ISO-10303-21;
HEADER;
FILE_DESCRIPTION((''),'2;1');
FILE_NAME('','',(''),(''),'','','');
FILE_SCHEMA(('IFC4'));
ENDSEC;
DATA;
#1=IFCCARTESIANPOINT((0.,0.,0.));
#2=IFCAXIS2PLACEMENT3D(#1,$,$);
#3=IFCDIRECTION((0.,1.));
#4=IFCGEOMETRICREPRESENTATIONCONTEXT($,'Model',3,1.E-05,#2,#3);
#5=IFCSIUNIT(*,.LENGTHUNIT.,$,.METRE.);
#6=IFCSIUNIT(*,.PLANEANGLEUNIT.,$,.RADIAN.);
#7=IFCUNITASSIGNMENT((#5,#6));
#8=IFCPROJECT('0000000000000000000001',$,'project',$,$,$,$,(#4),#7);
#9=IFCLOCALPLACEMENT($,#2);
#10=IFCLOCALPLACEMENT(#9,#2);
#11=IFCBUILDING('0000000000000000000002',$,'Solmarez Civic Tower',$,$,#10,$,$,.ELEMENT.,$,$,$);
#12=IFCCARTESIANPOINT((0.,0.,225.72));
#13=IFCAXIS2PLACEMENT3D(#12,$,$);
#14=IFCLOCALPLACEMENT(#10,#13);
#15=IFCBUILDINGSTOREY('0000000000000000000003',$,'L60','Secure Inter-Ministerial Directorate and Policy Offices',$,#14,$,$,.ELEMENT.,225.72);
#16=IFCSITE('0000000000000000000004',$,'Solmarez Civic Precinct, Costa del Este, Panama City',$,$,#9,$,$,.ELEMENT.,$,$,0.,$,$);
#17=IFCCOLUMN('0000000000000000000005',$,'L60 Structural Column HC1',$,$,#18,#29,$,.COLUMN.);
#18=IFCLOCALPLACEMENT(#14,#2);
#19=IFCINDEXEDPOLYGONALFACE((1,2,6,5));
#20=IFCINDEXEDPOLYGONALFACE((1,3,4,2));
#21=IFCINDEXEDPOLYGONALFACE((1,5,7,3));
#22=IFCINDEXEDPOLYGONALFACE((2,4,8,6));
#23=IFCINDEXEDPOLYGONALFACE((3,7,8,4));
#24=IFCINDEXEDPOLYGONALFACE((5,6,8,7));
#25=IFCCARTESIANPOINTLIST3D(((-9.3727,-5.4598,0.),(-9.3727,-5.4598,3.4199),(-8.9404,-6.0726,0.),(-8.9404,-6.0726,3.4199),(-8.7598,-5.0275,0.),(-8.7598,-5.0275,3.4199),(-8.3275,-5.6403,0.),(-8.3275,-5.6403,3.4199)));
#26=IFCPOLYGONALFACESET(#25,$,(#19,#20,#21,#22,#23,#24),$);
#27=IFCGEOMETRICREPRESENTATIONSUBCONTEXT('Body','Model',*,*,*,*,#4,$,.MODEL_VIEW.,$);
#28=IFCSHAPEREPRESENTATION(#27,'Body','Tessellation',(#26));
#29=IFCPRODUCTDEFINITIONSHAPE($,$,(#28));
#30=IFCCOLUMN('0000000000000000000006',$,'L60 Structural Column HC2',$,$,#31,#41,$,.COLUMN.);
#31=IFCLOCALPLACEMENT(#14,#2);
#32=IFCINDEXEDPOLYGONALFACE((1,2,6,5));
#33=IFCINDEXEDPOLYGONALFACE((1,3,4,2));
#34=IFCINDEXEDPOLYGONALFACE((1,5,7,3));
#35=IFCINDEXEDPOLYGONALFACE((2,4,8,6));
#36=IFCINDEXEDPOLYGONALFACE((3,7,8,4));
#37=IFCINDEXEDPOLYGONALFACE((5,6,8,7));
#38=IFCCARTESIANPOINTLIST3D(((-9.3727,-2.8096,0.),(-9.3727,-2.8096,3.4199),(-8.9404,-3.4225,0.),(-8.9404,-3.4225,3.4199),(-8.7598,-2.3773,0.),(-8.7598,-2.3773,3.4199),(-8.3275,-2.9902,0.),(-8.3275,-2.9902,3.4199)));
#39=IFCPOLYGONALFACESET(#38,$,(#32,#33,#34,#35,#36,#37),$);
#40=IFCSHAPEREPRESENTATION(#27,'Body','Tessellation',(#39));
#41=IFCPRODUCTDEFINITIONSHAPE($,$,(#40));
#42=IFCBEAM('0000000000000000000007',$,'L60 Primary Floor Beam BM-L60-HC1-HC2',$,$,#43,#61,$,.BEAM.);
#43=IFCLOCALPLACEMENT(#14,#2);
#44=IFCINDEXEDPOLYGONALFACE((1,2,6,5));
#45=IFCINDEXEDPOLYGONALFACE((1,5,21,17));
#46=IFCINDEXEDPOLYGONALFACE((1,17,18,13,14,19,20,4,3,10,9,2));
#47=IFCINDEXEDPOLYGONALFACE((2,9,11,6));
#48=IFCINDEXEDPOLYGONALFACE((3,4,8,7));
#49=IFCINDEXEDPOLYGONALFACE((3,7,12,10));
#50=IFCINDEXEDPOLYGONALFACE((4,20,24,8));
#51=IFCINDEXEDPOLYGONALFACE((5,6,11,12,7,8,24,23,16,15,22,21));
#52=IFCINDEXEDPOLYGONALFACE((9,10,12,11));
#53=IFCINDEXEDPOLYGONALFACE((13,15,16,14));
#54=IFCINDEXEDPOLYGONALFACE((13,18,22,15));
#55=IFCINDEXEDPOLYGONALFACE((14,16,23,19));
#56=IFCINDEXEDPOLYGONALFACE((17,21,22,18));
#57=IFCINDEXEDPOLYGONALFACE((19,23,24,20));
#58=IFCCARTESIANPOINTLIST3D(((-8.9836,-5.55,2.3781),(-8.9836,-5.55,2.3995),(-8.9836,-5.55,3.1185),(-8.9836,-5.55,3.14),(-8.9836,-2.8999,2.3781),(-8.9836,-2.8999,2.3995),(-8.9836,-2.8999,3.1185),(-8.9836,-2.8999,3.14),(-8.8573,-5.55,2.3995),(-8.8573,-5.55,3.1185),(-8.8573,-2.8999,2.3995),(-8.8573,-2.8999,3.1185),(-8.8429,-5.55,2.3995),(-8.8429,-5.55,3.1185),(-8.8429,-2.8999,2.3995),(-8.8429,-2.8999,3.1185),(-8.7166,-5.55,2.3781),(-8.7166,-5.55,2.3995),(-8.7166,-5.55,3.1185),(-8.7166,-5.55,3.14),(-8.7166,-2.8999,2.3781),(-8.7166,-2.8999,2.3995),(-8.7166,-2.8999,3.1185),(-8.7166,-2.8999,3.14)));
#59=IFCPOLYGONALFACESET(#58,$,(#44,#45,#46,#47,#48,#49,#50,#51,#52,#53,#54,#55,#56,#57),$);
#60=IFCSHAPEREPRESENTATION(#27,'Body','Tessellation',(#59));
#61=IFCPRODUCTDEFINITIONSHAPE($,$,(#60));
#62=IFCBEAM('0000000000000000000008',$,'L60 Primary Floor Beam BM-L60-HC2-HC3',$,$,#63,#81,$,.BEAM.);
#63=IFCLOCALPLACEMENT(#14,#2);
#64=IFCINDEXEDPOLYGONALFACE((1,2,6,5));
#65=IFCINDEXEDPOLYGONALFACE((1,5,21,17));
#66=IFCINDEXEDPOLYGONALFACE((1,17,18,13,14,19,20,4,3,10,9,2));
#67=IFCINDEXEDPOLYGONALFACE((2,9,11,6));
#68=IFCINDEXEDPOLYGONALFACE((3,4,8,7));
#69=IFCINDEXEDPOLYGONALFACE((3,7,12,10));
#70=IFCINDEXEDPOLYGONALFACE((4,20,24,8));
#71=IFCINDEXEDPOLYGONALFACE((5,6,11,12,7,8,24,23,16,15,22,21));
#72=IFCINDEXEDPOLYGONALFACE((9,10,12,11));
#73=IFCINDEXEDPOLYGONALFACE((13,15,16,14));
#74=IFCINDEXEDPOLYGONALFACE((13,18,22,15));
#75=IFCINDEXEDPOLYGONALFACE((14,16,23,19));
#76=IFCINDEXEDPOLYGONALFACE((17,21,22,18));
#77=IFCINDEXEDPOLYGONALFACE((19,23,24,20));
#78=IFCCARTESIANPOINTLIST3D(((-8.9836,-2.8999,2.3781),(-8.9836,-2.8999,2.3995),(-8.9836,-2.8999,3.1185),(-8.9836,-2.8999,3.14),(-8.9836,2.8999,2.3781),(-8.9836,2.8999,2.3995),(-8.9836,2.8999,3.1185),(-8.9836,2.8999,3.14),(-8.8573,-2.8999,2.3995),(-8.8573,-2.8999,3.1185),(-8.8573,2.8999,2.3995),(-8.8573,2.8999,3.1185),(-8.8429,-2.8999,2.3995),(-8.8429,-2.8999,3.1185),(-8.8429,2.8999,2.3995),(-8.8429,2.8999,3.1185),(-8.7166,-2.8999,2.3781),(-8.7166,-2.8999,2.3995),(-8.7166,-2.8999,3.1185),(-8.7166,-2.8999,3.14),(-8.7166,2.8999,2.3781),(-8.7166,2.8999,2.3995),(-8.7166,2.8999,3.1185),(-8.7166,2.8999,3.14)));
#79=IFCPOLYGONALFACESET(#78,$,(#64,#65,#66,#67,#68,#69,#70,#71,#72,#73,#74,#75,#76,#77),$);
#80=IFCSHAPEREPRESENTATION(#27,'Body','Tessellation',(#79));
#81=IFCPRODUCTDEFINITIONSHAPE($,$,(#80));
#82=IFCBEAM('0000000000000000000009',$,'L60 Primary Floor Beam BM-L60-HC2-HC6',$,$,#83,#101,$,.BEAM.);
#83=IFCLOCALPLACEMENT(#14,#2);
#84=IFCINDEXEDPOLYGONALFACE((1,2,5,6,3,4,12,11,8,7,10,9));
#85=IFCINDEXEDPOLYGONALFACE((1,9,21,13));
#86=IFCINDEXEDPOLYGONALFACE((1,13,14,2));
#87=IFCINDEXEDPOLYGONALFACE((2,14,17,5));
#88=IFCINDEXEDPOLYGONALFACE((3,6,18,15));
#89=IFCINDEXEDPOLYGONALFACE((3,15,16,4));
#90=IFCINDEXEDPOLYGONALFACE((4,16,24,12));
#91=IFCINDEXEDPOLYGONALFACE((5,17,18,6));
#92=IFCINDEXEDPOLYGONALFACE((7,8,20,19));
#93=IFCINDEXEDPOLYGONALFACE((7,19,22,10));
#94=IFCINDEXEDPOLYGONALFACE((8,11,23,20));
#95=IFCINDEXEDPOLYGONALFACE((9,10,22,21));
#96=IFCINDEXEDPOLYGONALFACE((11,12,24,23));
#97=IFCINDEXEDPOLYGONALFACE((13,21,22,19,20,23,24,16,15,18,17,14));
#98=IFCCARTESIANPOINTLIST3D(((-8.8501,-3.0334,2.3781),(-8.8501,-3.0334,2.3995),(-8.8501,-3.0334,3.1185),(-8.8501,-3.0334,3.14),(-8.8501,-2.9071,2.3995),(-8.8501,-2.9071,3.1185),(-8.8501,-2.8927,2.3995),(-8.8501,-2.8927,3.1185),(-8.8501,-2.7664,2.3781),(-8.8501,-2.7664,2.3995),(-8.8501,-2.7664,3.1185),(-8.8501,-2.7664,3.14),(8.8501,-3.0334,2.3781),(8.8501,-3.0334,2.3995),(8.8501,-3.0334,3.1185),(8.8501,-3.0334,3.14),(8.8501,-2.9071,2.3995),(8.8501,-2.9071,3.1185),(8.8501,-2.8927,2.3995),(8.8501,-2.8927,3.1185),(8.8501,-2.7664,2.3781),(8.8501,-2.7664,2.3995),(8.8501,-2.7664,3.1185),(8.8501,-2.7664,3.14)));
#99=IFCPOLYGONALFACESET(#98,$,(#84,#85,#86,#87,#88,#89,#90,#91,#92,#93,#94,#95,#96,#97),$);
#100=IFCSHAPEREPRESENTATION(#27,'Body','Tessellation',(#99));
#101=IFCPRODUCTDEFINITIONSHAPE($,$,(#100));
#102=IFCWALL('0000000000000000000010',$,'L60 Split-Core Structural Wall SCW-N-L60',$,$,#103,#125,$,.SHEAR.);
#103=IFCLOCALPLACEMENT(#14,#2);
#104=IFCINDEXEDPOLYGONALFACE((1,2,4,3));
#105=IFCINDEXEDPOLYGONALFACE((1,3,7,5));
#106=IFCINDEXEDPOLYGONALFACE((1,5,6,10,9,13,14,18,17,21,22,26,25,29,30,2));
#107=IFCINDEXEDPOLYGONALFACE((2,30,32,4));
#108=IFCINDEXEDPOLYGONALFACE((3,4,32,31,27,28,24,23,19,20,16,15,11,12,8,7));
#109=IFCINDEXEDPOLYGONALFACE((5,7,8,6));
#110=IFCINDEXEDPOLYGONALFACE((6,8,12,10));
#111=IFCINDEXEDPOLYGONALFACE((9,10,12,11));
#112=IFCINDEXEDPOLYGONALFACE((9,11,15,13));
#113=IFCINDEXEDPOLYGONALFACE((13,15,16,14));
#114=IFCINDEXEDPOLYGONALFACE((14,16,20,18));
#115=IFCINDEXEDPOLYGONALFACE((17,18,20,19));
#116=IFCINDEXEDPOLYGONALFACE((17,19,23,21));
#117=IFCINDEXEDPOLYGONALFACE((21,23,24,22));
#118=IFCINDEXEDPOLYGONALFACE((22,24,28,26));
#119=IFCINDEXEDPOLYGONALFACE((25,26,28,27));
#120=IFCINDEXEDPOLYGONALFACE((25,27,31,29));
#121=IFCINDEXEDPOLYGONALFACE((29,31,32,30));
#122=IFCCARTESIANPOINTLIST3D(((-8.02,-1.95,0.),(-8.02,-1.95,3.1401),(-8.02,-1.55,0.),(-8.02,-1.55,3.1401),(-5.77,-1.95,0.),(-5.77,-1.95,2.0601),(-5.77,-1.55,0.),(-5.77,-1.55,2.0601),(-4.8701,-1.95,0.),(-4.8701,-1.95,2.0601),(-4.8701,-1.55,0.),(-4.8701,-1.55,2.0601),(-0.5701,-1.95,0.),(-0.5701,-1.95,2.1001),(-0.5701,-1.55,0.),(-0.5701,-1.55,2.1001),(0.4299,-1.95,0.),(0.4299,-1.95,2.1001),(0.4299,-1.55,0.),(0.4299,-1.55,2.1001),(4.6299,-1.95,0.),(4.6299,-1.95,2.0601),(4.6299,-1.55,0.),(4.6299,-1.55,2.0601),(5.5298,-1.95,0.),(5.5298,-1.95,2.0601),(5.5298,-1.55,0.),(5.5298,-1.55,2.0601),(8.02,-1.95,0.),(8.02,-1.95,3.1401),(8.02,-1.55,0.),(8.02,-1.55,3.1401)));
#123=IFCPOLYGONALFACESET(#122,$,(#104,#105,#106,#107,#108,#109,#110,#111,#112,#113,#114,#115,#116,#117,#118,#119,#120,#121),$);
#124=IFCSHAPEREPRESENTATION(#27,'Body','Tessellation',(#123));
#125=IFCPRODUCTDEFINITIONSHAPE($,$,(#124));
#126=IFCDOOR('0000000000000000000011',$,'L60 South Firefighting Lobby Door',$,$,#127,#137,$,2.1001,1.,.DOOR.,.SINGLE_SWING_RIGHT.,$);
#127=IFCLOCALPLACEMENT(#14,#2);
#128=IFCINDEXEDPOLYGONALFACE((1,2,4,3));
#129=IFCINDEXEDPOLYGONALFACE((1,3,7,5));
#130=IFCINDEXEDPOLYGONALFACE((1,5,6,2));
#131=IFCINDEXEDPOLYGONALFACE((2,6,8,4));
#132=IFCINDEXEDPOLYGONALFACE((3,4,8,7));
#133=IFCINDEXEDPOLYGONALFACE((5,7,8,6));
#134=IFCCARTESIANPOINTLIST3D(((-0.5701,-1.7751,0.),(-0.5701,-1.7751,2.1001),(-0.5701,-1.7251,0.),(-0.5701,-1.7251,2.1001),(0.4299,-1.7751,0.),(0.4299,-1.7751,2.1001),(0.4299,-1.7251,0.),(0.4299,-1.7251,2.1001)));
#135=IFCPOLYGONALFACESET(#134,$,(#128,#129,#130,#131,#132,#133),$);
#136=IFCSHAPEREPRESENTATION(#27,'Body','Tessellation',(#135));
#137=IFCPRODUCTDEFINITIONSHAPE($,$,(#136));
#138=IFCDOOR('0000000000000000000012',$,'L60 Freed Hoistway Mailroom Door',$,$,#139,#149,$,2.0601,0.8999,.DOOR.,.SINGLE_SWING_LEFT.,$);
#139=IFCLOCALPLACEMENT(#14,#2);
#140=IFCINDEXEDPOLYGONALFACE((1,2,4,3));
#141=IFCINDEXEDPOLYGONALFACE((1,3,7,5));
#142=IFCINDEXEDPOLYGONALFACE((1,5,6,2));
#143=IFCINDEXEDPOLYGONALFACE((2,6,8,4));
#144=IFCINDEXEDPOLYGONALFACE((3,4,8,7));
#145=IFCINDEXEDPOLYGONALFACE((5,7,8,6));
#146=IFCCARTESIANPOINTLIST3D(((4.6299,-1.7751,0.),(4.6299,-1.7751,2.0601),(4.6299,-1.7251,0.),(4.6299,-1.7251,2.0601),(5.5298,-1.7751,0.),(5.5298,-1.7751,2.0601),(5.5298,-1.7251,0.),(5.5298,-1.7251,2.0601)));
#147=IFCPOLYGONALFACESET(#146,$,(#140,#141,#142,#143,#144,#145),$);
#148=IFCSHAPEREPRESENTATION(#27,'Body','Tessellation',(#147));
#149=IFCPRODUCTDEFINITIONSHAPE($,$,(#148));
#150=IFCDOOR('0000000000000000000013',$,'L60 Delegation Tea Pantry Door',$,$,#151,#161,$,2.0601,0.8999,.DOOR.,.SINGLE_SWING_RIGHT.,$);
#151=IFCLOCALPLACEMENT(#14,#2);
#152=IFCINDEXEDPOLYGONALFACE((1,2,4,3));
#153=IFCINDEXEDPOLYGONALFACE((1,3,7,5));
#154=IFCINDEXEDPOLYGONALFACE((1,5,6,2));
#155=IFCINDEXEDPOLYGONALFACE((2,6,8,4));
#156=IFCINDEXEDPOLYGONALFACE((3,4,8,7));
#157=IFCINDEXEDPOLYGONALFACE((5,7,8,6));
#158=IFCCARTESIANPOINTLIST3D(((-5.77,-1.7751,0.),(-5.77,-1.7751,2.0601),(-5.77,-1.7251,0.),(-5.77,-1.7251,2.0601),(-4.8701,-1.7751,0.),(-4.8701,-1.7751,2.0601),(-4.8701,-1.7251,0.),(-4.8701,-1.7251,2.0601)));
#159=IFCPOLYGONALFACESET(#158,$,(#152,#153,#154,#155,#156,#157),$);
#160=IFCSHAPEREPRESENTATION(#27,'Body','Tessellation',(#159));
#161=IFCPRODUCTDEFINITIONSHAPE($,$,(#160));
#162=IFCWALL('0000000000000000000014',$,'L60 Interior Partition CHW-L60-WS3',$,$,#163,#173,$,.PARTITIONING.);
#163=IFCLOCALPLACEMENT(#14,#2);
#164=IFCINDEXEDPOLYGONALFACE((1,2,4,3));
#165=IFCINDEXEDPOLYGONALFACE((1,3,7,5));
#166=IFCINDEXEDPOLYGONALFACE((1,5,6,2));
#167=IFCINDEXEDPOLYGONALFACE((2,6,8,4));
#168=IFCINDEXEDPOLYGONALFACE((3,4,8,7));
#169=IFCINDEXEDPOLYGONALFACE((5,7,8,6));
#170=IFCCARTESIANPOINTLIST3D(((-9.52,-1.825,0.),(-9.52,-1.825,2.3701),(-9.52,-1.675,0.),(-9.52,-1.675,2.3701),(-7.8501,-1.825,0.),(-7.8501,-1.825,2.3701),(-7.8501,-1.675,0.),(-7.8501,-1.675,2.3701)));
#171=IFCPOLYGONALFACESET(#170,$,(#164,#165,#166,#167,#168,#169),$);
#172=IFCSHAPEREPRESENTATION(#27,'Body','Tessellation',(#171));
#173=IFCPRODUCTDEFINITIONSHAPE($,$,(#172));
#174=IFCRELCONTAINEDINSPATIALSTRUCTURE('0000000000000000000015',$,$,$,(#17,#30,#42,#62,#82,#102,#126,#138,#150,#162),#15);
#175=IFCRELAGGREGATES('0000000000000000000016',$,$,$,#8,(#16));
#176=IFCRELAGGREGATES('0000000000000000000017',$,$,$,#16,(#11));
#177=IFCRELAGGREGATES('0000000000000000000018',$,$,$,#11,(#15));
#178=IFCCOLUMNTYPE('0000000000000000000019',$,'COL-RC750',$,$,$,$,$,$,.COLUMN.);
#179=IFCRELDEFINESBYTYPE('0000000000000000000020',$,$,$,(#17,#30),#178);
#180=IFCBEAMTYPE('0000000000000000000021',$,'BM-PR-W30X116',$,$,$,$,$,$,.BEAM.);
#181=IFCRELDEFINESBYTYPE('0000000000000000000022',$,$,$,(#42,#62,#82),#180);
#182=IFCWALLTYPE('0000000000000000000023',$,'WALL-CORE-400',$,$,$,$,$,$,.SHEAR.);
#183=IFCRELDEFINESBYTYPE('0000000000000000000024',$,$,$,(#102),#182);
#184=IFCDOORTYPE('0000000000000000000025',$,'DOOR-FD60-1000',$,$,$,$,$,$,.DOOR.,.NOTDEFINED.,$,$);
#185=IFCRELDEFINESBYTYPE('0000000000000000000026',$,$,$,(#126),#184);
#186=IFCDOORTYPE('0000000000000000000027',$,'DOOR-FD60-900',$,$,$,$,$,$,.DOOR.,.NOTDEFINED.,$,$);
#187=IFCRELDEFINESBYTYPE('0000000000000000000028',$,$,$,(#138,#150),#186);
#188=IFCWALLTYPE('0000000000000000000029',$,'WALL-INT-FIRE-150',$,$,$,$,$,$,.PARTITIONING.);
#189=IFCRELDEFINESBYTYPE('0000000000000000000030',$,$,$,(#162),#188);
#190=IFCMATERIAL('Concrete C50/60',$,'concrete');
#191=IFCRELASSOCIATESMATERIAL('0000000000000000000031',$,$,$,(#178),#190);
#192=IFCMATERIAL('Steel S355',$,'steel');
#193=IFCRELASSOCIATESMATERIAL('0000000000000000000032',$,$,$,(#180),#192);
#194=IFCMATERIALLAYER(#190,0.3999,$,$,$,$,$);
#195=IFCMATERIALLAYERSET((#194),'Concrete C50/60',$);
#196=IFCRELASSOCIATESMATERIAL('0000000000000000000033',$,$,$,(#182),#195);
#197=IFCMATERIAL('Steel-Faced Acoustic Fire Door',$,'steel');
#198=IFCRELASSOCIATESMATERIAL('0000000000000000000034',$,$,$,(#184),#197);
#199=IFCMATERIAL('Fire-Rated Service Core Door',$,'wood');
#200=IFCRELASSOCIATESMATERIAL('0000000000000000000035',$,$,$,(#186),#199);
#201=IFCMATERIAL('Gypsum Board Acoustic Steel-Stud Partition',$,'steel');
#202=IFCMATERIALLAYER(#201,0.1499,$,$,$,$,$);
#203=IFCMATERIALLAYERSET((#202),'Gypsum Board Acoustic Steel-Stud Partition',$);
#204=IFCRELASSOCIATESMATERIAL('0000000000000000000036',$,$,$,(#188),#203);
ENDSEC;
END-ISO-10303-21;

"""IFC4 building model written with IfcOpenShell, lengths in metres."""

from ifc_helpers import new_model, si_unit, direction, frame, frame_2d, origin, origin_2d, place, context, subcontext, project, spatial, rectangle, i_section, extrude, material, layer, layer_set, material_profile, profile_set, type_object, element, fill, save


model = new_model("IFC4")

# Units and contexts
model_context = context("Model", 3, precision=1e-05, world=origin(), true_north=direction((0.0, 1.0)))
body_context = subcontext(model_context, "Body", "Model", "MODEL_VIEW")
ifc_project = project(units=[si_unit("LENGTHUNIT", "METRE"), si_unit("PLANEANGLEUNIT", "RADIAN")], contexts=[model_context])

# Site, building, storey
site_placement = place(None, origin())
site = spatial("IfcSite", under=ifc_project, at=site_placement, Name="Solmarez Civic Precinct, Costa del Este, Panama City", CompositionType="ELEMENT", RefElevation=0.0)
building_placement = place(site_placement, origin())
building = spatial("IfcBuilding", under=site, at=building_placement, Name="Solmarez Civic Tower", CompositionType="ELEMENT")
storey_placement = place(building_placement, frame((0.0, 0.0, 225.72)))
storey = spatial("IfcBuildingStorey", under=building, at=storey_placement, Name="L60", Description="Secure Inter-Ministerial Directorate and Policy Offices", CompositionType="ELEMENT", Elevation=225.72)

# Columns
ifc_material_1 = material(Name="Concrete C50/60", Category="concrete")
ifc_material_profile_1 = material_profile(ifc_material_1, rectangle(XDim=0.75, YDim=0.75, at=origin_2d()), Name="RC750X750")
ifc_profile_set_1 = profile_set([ifc_material_profile_1], Name="Concrete C50/60")
column_type = type_object("IfcColumnType", Name="COL-RC750", PredefinedType="COLUMN", material=ifc_profile_set_1)
for number, where, z_axis, x_axis, name in (
    (1, (-8.8501, -5.55, 0.0), (0.0, 0.0, 1.0), (0.817145, 0.576432, 0.0), "L60 Structural Column HC1"),
    (2, (-8.8501, -2.8999, 0.0), (0.0, 0.0, 1.0), (0.817145, 0.576432, 0.0), "L60 Structural Column HC2"),
):
    element("IfcColumn", number, at=place(storey_placement, frame(where, z_axis=z_axis, x_axis=x_axis)), inside=storey, type_object=column_type, Name=name, PredefinedType="COLUMN", context=body_context, shape_type="SweptSolid", body=[
        extrude(rectangle(XDim=0.75, YDim=0.75, at=origin_2d()), origin(), (0.0, 0.0, 1.0), 3.4199),
    ])

# Beams
ifc_material_2 = material(Name="Steel S355", Category="steel")
ifc_material_profile_2 = material_profile(ifc_material_2, i_section(OverallWidth=0.2671, OverallDepth=0.762, WebThickness=0.0144, FlangeThickness=0.0215, at=origin_2d()), Name="W30X116")
ifc_profile_set_2 = profile_set([ifc_material_profile_2], Name="Steel S355")
beam_type = type_object("IfcBeamType", Name="BM-PR-W30X116", PredefinedType="BEAM", material=ifc_profile_set_2)
beam_1_placement = place(storey_placement, frame((-8.8501, -5.55, 2.759), z_axis=(0.0, 1.0, 0.0), x_axis=(-1.0, 0.0, 0.0)))
element("IfcBeam", 3, at=beam_1_placement, inside=storey, type_object=beam_type, Name="L60 Primary Floor Beam BM-L60-HC1-HC2", PredefinedType="BEAM", context=body_context, shape_type="SweptSolid", body=[
    extrude(i_section(OverallWidth=0.2671, OverallDepth=0.762, WebThickness=0.0144, FlangeThickness=0.0215, at=origin_2d()), origin(), (0.0, 0.0, 1.0), 2.6501),
])
beam_2_placement = place(storey_placement, frame((-8.8501, -2.8999, 2.759), z_axis=(0.0, 1.0, 0.0), x_axis=(-1.0, 0.0, 0.0)))
element("IfcBeam", 4, at=beam_2_placement, inside=storey, type_object=beam_type, Name="L60 Primary Floor Beam BM-L60-HC2-HC3", PredefinedType="BEAM", context=body_context, shape_type="SweptSolid", body=[
    extrude(i_section(OverallWidth=0.2671, OverallDepth=0.762, WebThickness=0.0144, FlangeThickness=0.0215, at=origin_2d()), origin(), (0.0, 0.0, 1.0), 5.7998),
])
beam_3_placement = place(storey_placement, frame((-8.8501, -2.8999, 2.759), z_axis=(1.0, 0.0, 0.0), x_axis=(0.0, 1.0, 0.0)))
element("IfcBeam", 5, at=beam_3_placement, inside=storey, type_object=beam_type, Name="L60 Primary Floor Beam BM-L60-HC2-HC6", PredefinedType="BEAM", context=body_context, shape_type="SweptSolid", body=[
    extrude(i_section(OverallWidth=0.2671, OverallDepth=0.762, WebThickness=0.0144, FlangeThickness=0.0215, at=origin_2d()), origin(), (0.0, 0.0, 1.0), 17.7002),
])

# Wall, openings, doors
ifc_layer_1 = layer(ifc_material_1, 0.3999)
ifc_layer_set_1 = layer_set([ifc_layer_1], Name="Concrete C50/60")
wall_type_1 = type_object("IfcWallType", Name="WALL-CORE-400", PredefinedType="SHEAR", material=ifc_layer_set_1)
wall_1_placement = place(storey_placement, frame((-8.02, -1.75, 0.0), z_axis=(0.0, 0.0, 1.0), x_axis=(1.0, 0.0, 0.0)))
wall_1 = element("IfcWall", 6, at=wall_1_placement, inside=storey, type_object=wall_type_1, Name="L60 Split-Core Structural Wall SCW-N-L60", PredefinedType="SHEAR", context=body_context, shape_type="SweptSolid", body=[
    extrude(rectangle(XDim=16.04, YDim=0.3999, at=frame_2d((8.02, 0.0))), origin(), (0.0, 0.0, 1.0), 3.1401),
])
opening_1_placement = place(wall_1_placement, frame((7.45, 0.0, 0.0)))
opening_1 = element("IfcOpeningElement", 7, at=opening_1_placement, cuts=wall_1, PredefinedType="OPENING", context=body_context, shape_type="SweptSolid", body=[
    extrude(rectangle(XDim=1.0, YDim=2.1001, at=frame_2d((0.5, 1.05))), frame((0.0, 0.21, 0.0), z_axis=(0.0, -1.0, 0.0), x_axis=(1.0, 0.0, 0.0)), (0.0, 0.0, 1.0), 0.4199),
])
opening_2_placement = place(wall_1_placement, frame((12.6499, 0.0, 0.0)))
opening_2 = element("IfcOpeningElement", 8, at=opening_2_placement, cuts=wall_1, PredefinedType="OPENING", context=body_context, shape_type="SweptSolid", body=[
    extrude(rectangle(XDim=0.8999, YDim=2.0601, at=frame_2d((0.45, 1.03))), frame((0.0, 0.21, 0.0), z_axis=(0.0, -1.0, 0.0), x_axis=(1.0, 0.0, 0.0)), (0.0, 0.0, 1.0), 0.4199),
])
opening_3_placement = place(wall_1_placement, frame((2.25, 0.0, 0.0)))
opening_3 = element("IfcOpeningElement", 9, at=opening_3_placement, cuts=wall_1, PredefinedType="OPENING", context=body_context, shape_type="SweptSolid", body=[
    extrude(rectangle(XDim=0.8999, YDim=2.0601, at=frame_2d((0.45, 1.03))), frame((0.0, 0.21, 0.0), z_axis=(0.0, -1.0, 0.0), x_axis=(1.0, 0.0, 0.0)), (0.0, 0.0, 1.0), 0.4199),
])
ifc_material_3 = material(Name="Steel-Faced Acoustic Fire Door", Category="steel")
door_type_1 = type_object("IfcDoorType", Name="DOOR-FD60-1000", OperationType="NOTDEFINED", PredefinedType="DOOR", material=ifc_material_3)
door_1_placement = place(opening_1_placement, origin())
door_1 = element("IfcDoor", 10, at=door_1_placement, inside=storey, type_object=door_type_1, Name="L60 South Firefighting Lobby Door", OperationType="SINGLE_SWING_RIGHT", OverallHeight=2.1001, OverallWidth=1.0, PredefinedType="DOOR", context=body_context, shape_type="SweptSolid", body=[
    extrude(rectangle(XDim=1.0, YDim=2.1001, at=frame_2d((0.5, 1.05))), frame((0.0, 0.0249, 0.0), z_axis=(0.0, -1.0, 0.0), x_axis=(1.0, 0.0, 0.0)), (0.0, 0.0, 1.0), 0.05),
])
fill(opening_1, door_1)
ifc_material_4 = material(Name="Fire-Rated Service Core Door", Category="wood")
door_type_2 = type_object("IfcDoorType", Name="DOOR-FD60-900", OperationType="NOTDEFINED", PredefinedType="DOOR", material=ifc_material_4)
door_2_placement = place(opening_2_placement, origin())
door_2 = element("IfcDoor", 11, at=door_2_placement, inside=storey, type_object=door_type_2, Name="L60 Freed Hoistway Mailroom Door", OperationType="SINGLE_SWING_LEFT", OverallHeight=2.0601, OverallWidth=0.8999, PredefinedType="DOOR", context=body_context, shape_type="SweptSolid", body=[
    extrude(rectangle(XDim=0.8999, YDim=2.0601, at=frame_2d((0.45, 1.03))), frame((0.0, 0.0249, 0.0), z_axis=(0.0, -1.0, 0.0), x_axis=(1.0, 0.0, 0.0)), (0.0, 0.0, 1.0), 0.05),
])
fill(opening_2, door_2)
door_3_placement = place(opening_3_placement, origin())
door_3 = element("IfcDoor", 12, at=door_3_placement, inside=storey, type_object=door_type_2, Name="L60 Delegation Tea Pantry Door", OperationType="SINGLE_SWING_RIGHT", OverallHeight=2.0601, OverallWidth=0.8999, PredefinedType="DOOR", context=body_context, shape_type="SweptSolid", body=[
    extrude(rectangle(XDim=0.8999, YDim=2.0601, at=frame_2d((0.45, 1.03))), frame((0.0, 0.0249, 0.0), z_axis=(0.0, -1.0, 0.0), x_axis=(1.0, 0.0, 0.0)), (0.0, 0.0, 1.0), 0.05),
])
fill(opening_3, door_3)

# Wall
ifc_material_5 = material(Name="Gypsum Board Acoustic Steel-Stud Partition", Category="steel")
ifc_layer_2 = layer(ifc_material_5, 0.1499)
ifc_layer_set_2 = layer_set([ifc_layer_2], Name="Gypsum Board Acoustic Steel-Stud Partition")
wall_type_2 = type_object("IfcWallType", Name="WALL-INT-FIRE-150", PredefinedType="PARTITIONING", material=ifc_layer_set_2)
wall_2_placement = place(storey_placement, frame((-7.8501, -1.75, 0.0), z_axis=(0.0, 0.0, 1.0), x_axis=(-1.0, 0.0, 0.0)))
element("IfcWall", 13, at=wall_2_placement, inside=storey, type_object=wall_type_2, Name="L60 Interior Partition CHW-L60-WS3", PredefinedType="PARTITIONING", context=body_context, shape_type="SweptSolid", body=[
    extrude(rectangle(XDim=1.6699, YDim=0.1499, at=frame_2d((0.835, 0.0))), origin(), (0.0, 0.0, 1.0), 2.3701),
])

save(model, "model.ifc")
